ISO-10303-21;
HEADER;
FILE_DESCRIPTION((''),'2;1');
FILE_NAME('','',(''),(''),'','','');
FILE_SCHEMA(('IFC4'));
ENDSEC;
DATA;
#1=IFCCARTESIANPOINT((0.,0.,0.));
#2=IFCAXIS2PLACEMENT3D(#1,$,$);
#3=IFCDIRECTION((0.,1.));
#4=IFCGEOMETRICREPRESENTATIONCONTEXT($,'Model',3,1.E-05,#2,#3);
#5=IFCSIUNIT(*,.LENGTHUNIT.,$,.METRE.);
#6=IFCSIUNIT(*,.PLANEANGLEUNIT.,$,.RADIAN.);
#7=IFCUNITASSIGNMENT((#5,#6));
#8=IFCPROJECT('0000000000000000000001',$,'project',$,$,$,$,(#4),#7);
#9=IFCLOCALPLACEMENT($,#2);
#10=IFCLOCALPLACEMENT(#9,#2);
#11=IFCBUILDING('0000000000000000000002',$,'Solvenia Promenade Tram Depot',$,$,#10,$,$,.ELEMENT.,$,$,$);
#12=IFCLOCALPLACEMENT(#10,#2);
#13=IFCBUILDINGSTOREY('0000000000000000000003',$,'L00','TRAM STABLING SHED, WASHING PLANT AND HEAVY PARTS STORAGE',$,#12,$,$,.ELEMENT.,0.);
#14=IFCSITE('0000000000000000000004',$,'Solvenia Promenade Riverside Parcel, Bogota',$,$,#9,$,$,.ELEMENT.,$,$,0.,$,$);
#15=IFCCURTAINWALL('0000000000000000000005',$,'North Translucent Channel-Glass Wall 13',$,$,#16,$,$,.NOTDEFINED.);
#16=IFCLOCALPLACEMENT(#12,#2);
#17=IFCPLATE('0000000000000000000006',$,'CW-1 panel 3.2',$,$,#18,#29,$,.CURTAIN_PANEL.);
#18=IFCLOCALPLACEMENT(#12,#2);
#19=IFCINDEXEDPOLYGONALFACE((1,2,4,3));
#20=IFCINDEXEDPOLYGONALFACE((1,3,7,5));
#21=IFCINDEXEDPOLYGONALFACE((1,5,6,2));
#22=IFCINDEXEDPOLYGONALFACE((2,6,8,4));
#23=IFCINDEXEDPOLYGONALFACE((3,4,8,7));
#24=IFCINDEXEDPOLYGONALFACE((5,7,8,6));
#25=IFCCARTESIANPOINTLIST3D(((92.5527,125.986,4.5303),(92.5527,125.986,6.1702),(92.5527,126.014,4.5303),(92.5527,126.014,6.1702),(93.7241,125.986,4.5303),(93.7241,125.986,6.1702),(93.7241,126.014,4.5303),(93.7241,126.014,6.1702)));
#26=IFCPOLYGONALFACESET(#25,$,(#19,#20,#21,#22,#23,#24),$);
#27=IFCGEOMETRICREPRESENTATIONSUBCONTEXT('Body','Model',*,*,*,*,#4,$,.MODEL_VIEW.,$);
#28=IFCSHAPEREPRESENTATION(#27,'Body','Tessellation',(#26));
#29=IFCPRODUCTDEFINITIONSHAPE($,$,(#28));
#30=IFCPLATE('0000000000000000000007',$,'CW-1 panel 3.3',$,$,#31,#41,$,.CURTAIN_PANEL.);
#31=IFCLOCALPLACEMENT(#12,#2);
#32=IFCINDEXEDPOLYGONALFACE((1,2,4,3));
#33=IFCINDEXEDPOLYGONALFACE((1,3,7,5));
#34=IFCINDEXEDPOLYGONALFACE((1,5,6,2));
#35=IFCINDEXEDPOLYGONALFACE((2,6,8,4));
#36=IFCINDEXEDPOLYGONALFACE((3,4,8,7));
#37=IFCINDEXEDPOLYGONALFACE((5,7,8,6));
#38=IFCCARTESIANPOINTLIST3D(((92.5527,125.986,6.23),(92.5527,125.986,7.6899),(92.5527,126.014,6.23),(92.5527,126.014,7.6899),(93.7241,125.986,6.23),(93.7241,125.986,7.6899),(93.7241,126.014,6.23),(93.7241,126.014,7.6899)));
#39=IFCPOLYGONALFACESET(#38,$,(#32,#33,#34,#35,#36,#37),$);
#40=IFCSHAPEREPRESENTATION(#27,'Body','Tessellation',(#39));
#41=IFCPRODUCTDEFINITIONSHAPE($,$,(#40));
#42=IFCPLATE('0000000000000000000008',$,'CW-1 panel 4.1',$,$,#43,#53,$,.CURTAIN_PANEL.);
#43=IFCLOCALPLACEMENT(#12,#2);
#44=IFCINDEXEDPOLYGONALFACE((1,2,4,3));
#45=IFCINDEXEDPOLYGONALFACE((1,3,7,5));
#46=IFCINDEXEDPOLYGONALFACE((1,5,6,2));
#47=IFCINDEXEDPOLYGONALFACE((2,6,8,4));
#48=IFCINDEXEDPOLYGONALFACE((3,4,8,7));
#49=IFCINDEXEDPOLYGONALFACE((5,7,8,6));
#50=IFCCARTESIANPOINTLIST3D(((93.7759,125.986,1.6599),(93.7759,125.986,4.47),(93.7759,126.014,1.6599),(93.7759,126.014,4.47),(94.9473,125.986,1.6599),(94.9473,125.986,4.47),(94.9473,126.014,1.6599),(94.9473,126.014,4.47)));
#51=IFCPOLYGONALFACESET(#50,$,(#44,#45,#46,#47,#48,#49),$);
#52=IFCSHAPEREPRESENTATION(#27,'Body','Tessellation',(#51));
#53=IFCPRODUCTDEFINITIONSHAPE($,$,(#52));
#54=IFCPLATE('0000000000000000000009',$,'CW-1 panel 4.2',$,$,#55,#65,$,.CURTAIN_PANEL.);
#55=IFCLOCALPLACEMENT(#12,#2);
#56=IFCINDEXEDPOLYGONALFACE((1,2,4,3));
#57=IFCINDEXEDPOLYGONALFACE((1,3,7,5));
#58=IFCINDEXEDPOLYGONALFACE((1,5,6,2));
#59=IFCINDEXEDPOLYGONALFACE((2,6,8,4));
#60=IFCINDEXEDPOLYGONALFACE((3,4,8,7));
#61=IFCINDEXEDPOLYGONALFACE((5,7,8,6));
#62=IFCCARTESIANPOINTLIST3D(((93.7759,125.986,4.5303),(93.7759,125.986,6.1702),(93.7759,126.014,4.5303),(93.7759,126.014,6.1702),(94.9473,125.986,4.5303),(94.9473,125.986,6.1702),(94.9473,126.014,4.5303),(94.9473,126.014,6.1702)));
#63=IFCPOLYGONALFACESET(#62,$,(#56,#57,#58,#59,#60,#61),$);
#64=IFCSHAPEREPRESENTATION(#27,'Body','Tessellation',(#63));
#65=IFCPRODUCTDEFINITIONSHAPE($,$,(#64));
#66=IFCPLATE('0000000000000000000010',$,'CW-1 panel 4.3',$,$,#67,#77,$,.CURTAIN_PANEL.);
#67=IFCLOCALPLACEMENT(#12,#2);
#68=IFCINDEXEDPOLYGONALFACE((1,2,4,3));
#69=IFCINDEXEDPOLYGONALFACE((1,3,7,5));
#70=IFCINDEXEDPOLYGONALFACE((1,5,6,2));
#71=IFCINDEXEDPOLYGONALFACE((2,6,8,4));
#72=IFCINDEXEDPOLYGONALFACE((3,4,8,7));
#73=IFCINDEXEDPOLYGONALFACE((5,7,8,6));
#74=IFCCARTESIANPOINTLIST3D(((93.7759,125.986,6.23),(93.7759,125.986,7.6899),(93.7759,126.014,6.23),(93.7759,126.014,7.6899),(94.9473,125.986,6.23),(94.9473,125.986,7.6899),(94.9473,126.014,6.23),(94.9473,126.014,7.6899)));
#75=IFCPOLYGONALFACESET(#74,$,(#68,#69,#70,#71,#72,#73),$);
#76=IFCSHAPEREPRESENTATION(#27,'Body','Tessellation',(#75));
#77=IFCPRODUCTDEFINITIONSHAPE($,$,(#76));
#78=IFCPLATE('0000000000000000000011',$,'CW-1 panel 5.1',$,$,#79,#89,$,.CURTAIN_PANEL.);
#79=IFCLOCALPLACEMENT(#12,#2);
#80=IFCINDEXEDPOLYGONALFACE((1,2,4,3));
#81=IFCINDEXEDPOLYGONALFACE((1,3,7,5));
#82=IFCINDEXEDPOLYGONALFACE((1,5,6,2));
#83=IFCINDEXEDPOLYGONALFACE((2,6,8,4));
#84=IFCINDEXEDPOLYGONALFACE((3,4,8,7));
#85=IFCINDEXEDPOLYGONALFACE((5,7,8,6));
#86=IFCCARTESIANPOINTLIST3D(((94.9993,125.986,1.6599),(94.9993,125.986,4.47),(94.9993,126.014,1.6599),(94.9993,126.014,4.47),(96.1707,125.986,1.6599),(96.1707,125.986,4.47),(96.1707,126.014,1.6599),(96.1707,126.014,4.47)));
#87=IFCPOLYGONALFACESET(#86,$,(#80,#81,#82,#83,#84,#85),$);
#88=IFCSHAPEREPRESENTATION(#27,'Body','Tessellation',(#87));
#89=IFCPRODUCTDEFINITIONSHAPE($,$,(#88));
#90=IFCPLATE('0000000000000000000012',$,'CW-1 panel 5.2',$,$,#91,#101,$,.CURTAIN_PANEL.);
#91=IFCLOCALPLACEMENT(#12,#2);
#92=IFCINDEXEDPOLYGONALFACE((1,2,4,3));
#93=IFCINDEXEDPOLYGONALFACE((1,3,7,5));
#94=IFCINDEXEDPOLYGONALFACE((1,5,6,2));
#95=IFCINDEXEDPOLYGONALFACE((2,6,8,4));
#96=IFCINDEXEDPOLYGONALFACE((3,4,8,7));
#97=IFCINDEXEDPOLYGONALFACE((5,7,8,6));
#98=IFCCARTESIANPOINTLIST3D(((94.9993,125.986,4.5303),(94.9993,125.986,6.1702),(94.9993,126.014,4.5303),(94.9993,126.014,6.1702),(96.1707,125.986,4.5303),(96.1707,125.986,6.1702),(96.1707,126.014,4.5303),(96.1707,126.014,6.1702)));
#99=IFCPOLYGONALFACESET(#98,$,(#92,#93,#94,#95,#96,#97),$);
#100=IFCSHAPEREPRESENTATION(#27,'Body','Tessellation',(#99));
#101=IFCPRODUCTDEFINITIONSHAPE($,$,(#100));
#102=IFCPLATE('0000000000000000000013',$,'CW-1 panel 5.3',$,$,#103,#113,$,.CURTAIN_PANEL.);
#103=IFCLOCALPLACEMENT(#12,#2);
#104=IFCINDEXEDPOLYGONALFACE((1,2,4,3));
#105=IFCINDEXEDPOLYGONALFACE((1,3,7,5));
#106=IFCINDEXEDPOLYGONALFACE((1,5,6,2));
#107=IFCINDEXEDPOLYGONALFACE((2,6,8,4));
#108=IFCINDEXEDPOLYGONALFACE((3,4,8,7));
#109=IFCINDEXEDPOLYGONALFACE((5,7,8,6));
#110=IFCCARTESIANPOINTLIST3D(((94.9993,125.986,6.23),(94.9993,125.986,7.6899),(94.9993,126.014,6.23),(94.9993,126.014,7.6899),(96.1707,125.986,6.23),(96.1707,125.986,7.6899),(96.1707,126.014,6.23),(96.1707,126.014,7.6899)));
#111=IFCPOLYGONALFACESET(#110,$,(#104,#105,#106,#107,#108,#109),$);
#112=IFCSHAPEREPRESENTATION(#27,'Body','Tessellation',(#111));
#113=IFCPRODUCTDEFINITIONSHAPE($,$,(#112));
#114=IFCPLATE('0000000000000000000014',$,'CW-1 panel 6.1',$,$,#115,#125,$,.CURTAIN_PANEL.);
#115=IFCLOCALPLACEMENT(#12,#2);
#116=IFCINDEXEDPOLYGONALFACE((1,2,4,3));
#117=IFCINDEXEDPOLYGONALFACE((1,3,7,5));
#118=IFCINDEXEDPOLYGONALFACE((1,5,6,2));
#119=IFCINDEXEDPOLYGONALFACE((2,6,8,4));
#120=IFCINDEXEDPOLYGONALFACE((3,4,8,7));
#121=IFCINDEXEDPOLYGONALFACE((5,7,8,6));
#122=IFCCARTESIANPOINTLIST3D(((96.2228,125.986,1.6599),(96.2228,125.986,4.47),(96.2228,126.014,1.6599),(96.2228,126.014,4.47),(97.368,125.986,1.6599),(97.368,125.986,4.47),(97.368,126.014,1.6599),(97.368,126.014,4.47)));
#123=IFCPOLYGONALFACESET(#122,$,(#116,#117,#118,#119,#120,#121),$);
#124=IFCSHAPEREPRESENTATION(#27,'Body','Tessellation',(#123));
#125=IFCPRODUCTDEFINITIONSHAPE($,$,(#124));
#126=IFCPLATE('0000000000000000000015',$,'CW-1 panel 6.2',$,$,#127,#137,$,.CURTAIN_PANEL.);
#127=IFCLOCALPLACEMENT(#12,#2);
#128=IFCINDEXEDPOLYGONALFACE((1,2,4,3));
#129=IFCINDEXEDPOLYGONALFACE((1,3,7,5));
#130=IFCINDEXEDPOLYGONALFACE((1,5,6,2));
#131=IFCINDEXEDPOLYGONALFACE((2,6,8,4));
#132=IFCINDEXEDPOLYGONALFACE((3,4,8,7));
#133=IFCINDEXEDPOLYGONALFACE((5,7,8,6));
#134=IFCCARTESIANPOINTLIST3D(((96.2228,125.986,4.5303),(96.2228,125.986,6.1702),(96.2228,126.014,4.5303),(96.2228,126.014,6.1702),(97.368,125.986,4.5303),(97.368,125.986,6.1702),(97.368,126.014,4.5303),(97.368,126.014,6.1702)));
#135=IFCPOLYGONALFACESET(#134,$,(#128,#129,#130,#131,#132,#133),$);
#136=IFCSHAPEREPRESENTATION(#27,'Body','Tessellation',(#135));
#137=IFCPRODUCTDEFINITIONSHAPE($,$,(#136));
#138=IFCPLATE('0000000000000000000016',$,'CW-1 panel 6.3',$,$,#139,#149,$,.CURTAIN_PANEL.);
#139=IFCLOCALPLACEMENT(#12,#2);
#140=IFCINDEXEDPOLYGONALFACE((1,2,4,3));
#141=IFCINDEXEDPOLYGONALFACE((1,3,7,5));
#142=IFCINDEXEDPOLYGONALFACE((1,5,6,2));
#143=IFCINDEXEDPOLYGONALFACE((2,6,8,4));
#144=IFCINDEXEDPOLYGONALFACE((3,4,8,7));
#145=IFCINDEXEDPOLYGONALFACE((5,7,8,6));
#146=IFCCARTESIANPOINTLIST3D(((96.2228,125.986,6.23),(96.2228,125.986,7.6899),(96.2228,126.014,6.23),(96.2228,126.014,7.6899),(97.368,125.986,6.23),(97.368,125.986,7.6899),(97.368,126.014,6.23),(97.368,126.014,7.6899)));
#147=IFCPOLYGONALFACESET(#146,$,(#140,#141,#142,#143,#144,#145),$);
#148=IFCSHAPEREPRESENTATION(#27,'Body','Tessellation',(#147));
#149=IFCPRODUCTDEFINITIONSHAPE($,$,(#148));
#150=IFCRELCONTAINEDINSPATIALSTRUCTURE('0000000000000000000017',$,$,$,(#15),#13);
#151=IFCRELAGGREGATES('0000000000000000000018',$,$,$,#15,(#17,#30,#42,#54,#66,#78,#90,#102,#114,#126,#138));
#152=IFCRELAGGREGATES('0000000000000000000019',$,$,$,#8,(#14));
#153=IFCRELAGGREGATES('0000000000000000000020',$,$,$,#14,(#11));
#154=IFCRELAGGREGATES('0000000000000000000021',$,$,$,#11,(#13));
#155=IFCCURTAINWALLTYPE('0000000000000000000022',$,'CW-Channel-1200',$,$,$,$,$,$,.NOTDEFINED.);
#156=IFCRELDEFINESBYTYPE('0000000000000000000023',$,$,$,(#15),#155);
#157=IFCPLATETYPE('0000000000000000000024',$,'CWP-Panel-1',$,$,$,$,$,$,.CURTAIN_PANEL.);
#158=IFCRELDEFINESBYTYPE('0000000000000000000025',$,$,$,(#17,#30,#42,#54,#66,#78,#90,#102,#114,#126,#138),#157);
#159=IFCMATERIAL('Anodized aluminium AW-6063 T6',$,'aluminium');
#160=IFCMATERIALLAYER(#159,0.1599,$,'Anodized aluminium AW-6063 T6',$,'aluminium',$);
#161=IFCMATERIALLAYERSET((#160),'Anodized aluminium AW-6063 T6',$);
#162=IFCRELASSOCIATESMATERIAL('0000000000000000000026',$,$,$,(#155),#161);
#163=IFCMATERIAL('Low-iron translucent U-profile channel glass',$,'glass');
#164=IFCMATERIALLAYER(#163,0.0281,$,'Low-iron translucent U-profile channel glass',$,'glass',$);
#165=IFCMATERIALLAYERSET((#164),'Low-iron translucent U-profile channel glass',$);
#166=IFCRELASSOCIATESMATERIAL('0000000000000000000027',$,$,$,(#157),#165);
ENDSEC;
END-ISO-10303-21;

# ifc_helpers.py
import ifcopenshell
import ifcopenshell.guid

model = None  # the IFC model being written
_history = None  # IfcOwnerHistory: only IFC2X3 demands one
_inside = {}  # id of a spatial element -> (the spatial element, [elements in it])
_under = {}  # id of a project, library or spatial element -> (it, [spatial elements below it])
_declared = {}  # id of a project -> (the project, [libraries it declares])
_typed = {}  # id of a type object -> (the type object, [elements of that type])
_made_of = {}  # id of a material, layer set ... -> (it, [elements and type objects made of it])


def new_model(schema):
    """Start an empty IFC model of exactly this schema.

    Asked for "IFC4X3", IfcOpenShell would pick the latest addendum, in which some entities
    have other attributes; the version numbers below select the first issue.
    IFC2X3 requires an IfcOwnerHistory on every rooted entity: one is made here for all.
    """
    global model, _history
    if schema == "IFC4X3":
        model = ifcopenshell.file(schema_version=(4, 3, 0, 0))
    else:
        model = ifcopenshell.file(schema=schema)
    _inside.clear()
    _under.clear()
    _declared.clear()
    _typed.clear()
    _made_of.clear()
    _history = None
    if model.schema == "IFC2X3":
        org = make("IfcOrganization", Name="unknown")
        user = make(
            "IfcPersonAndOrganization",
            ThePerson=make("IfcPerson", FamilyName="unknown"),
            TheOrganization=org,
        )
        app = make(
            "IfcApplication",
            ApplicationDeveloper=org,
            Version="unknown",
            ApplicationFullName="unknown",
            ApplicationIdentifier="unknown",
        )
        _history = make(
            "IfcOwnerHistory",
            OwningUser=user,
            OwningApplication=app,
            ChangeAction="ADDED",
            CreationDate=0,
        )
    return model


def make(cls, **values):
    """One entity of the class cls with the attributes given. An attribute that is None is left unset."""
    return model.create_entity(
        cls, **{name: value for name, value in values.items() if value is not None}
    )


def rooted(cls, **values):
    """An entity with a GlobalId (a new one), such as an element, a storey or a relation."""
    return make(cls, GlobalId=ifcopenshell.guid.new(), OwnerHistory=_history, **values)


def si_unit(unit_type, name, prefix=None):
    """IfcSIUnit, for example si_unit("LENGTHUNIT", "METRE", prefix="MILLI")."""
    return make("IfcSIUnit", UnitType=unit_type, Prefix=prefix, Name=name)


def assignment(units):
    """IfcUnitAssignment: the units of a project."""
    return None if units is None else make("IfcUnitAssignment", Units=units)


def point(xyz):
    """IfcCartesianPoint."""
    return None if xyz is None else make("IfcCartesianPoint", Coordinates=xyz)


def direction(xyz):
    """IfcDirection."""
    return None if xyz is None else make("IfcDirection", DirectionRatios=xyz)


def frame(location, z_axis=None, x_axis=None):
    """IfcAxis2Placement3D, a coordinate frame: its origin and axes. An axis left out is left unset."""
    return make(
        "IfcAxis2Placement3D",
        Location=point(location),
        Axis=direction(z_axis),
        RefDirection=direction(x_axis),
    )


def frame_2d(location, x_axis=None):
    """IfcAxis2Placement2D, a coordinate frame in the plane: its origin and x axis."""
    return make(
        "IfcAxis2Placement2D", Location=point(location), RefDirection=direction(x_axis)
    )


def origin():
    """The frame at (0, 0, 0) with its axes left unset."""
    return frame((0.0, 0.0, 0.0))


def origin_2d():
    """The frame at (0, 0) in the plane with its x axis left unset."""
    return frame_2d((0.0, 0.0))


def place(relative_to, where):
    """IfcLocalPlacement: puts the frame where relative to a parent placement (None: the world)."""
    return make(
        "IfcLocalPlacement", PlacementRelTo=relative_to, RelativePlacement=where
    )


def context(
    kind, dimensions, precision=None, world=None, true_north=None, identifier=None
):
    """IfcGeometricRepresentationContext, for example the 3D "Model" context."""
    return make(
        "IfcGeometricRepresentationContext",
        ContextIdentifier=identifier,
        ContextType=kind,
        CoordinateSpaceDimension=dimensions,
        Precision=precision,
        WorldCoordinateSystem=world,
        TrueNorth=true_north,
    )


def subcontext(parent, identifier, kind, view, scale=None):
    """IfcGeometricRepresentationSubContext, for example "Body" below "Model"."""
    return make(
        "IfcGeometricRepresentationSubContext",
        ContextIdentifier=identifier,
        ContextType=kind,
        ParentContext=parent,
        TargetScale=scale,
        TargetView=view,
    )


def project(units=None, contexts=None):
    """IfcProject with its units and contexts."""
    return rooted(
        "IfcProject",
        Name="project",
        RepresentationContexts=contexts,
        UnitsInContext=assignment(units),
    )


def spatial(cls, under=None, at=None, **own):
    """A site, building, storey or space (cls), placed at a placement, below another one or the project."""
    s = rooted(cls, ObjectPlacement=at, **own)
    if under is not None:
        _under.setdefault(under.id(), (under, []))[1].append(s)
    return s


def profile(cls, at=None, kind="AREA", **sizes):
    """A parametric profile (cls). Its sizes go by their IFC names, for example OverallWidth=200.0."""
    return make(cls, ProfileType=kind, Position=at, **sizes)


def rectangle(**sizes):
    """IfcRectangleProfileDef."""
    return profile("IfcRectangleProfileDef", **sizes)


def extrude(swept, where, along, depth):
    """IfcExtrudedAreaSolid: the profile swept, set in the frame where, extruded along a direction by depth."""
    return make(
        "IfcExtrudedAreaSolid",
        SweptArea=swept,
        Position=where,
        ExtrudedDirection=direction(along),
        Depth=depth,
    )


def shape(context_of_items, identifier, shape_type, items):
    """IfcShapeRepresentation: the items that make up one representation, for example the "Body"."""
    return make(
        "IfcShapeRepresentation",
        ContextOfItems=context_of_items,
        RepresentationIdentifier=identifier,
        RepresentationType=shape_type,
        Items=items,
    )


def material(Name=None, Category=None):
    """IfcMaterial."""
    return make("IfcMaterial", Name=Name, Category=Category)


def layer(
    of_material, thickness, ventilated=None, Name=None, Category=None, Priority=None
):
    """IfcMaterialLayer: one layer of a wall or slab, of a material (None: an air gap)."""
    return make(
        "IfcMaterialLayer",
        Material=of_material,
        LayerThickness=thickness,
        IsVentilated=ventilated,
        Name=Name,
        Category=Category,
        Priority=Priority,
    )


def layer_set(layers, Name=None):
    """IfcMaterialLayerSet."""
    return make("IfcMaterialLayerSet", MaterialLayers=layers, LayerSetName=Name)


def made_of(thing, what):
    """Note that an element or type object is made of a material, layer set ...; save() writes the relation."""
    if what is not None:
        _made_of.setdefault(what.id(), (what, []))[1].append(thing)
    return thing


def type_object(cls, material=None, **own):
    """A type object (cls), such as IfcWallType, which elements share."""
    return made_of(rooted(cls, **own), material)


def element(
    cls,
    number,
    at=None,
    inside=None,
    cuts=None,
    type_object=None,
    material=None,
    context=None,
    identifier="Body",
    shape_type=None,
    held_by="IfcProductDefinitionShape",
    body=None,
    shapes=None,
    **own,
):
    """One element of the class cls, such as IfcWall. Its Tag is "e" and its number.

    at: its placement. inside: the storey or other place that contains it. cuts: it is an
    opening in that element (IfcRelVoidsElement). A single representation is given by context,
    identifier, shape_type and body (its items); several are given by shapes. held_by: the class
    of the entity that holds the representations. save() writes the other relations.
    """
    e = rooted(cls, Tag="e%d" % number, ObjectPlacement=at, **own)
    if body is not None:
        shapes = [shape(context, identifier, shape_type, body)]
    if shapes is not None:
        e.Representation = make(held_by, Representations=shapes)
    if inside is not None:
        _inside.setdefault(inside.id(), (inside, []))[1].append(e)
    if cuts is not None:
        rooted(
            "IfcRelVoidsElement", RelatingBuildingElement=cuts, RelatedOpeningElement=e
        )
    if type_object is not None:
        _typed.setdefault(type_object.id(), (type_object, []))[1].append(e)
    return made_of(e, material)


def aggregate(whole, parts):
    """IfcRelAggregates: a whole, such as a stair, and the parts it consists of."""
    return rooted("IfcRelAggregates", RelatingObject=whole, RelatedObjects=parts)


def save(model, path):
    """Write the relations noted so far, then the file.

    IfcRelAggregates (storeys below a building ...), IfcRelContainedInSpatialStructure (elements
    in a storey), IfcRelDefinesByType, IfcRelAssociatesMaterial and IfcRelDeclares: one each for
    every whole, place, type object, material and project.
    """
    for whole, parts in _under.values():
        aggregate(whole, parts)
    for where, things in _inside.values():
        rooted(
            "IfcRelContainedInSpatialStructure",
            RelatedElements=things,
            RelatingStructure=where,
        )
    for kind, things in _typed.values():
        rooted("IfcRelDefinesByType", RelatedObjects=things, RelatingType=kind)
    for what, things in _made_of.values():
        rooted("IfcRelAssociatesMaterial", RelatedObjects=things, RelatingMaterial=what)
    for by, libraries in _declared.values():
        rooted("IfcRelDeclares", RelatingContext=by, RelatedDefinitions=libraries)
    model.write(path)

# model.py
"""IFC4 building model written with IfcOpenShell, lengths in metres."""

from ifc_helpers import new_model, si_unit, direction, frame, origin, origin_2d, place, context, subcontext, project, spatial, rectangle, extrude, material, layer, layer_set, type_object, element, aggregate, save


model = new_model("IFC4")

# Units and contexts
model_context = context("Model", 3, precision=1e-05, world=origin(), true_north=direction((0.0, 1.0)))
body_context = subcontext(model_context, "Body", "Model", "MODEL_VIEW")
ifc_project = project(units=[si_unit("LENGTHUNIT", "METRE"), si_unit("PLANEANGLEUNIT", "RADIAN")], contexts=[model_context])

# Site, building, storey
site_placement = place(None, origin())
site = spatial("IfcSite", under=ifc_project, at=site_placement, Name="Solvenia Promenade Riverside Parcel, Bogota", CompositionType="ELEMENT", RefElevation=0.0)
building_placement = place(site_placement, origin())
building = spatial("IfcBuilding", under=site, at=building_placement, Name="Solvenia Promenade Tram Depot", CompositionType="ELEMENT")
storey_placement = place(building_placement, origin())
storey = spatial("IfcBuildingStorey", under=building, at=storey_placement, Name="L00", Description="TRAM STABLING SHED, WASHING PLANT AND HEAVY PARTS STORAGE", CompositionType="ELEMENT", Elevation=0.0)

# Curtain wall, plates
ifc_material_1 = material(Name="Anodized aluminium AW-6063 T6", Category="aluminium")
ifc_layer_1 = layer(ifc_material_1, 0.1599, Name="Anodized aluminium AW-6063 T6", Category="aluminium")
ifc_layer_set_1 = layer_set([ifc_layer_1], Name="Anodized aluminium AW-6063 T6")
curtain_wall_type = type_object("IfcCurtainWallType", Name="CW-Channel-1200", PredefinedType="NOTDEFINED", material=ifc_layer_set_1)
curtain_wall_placement = place(storey_placement, origin())
curtain_wall = element("IfcCurtainWall", 1, at=curtain_wall_placement, inside=storey, type_object=curtain_wall_type, Name="North Translucent Channel-Glass Wall 13", PredefinedType="NOTDEFINED")
ifc_material_2 = material(Name="Low-iron translucent U-profile channel glass", Category="glass")
ifc_layer_2 = layer(ifc_material_2, 0.0281, Name="Low-iron translucent U-profile channel glass", Category="glass")
ifc_layer_set_2 = layer_set([ifc_layer_2], Name="Low-iron translucent U-profile channel glass")
plate_type = type_object("IfcPlateType", Name="CWP-Panel-1", PredefinedType="CURTAIN_PANEL", material=ifc_layer_set_2)
plate_1_placement = place(storey_placement, frame((93.1384, 126.0, 4.5303), z_axis=(0.0, 0.0, 1.0), x_axis=(1.0, 0.0, 0.0)))
plate_1 = element("IfcPlate", 2, at=plate_1_placement, type_object=plate_type, Name="CW-1 panel 3.2", PredefinedType="CURTAIN_PANEL", context=body_context, shape_type="SweptSolid", body=[
    extrude(rectangle(XDim=1.1714, YDim=0.0281, at=origin_2d()), origin(), (0.0, 0.0, 1.0), 1.6399),
])
plate_2_placement = place(storey_placement, frame((93.1384, 126.0, 6.23), z_axis=(0.0, 0.0, 1.0), x_axis=(1.0, 0.0, 0.0)))
plate_2 = element("IfcPlate", 3, at=plate_2_placement, type_object=plate_type, Name="CW-1 panel 3.3", PredefinedType="CURTAIN_PANEL", context=body_context, shape_type="SweptSolid", body=[
    extrude(rectangle(XDim=1.1714, YDim=0.0281, at=origin_2d()), origin(), (0.0, 0.0, 1.0), 1.46),
])
plate_3_placement = place(storey_placement, frame((94.3616, 126.0, 1.6599), z_axis=(0.0, 0.0, 1.0), x_axis=(1.0, 0.0, 0.0)))
plate_3 = element("IfcPlate", 4, at=plate_3_placement, type_object=plate_type, Name="CW-1 panel 4.1", PredefinedType="CURTAIN_PANEL", context=body_context, shape_type="SweptSolid", body=[
    extrude(rectangle(XDim=1.1714, YDim=0.0281, at=origin_2d()), origin(), (0.0, 0.0, 1.0), 2.8101),
])
plate_4_placement = place(storey_placement, frame((94.3616, 126.0, 4.5303), z_axis=(0.0, 0.0, 1.0), x_axis=(1.0, 0.0, 0.0)))
plate_4 = element("IfcPlate", 5, at=plate_4_placement, type_object=plate_type, Name="CW-1 panel 4.2", PredefinedType="CURTAIN_PANEL", context=body_context, shape_type="SweptSolid", body=[
    extrude(rectangle(XDim=1.1714, YDim=0.0281, at=origin_2d()), origin(), (0.0, 0.0, 1.0), 1.6399),
])
plate_5_placement = place(storey_placement, frame((94.3616, 126.0, 6.23), z_axis=(0.0, 0.0, 1.0), x_axis=(1.0, 0.0, 0.0)))
plate_5 = element("IfcPlate", 6, at=plate_5_placement, type_object=plate_type, Name="CW-1 panel 4.3", PredefinedType="CURTAIN_PANEL", context=body_context, shape_type="SweptSolid", body=[
    extrude(rectangle(XDim=1.1714, YDim=0.0281, at=origin_2d()), origin(), (0.0, 0.0, 1.0), 1.46),
])
plate_6_placement = place(storey_placement, frame((95.585, 126.0, 1.6599), z_axis=(0.0, 0.0, 1.0), x_axis=(1.0, 0.0, 0.0)))
plate_6 = element("IfcPlate", 7, at=plate_6_placement, type_object=plate_type, Name="CW-1 panel 5.1", PredefinedType="CURTAIN_PANEL", context=body_context, shape_type="SweptSolid", body=[
    extrude(rectangle(XDim=1.1714, YDim=0.0281, at=origin_2d()), origin(), (0.0, 0.0, 1.0), 2.8101),
])
plate_7_placement = place(storey_placement, frame((95.585, 126.0, 4.5303), z_axis=(0.0, 0.0, 1.0), x_axis=(1.0, 0.0, 0.0)))
plate_7 = element("IfcPlate", 8, at=plate_7_placement, type_object=plate_type, Name="CW-1 panel 5.2", PredefinedType="CURTAIN_PANEL", context=body_context, shape_type="SweptSolid", body=[
    extrude(rectangle(XDim=1.1714, YDim=0.0281, at=origin_2d()), origin(), (0.0, 0.0, 1.0), 1.6399),
])
plate_8_placement = place(storey_placement, frame((95.585, 126.0, 6.23), z_axis=(0.0, 0.0, 1.0), x_axis=(1.0, 0.0, 0.0)))
plate_8 = element("IfcPlate", 9, at=plate_8_placement, type_object=plate_type, Name="CW-1 panel 5.3", PredefinedType="CURTAIN_PANEL", context=body_context, shape_type="SweptSolid", body=[
    extrude(rectangle(XDim=1.1714, YDim=0.0281, at=origin_2d()), origin(), (0.0, 0.0, 1.0), 1.46),
])
plate_9_placement = place(storey_placement, frame((96.7954, 126.0, 1.6599), z_axis=(0.0, 0.0, 1.0), x_axis=(1.0, 0.0, 0.0)))
plate_9 = element("IfcPlate", 10, at=plate_9_placement, type_object=plate_type, Name="CW-1 panel 6.1", PredefinedType="CURTAIN_PANEL", context=body_context, shape_type="SweptSolid", body=[
    extrude(rectangle(XDim=1.1453, YDim=0.0281, at=origin_2d()), origin(), (0.0, 0.0, 1.0), 2.8101),
])
plate_10_placement = place(storey_placement, frame((96.7954, 126.0, 4.5303), z_axis=(0.0, 0.0, 1.0), x_axis=(1.0, 0.0, 0.0)))
plate_10 = element("IfcPlate", 11, at=plate_10_placement, type_object=plate_type, Name="CW-1 panel 6.2", PredefinedType="CURTAIN_PANEL", context=body_context, shape_type="SweptSolid", body=[
    extrude(rectangle(XDim=1.1453, YDim=0.0281, at=origin_2d()), origin(), (0.0, 0.0, 1.0), 1.6399),
])
plate_11_placement = place(storey_placement, frame((96.7954, 126.0, 6.23), z_axis=(0.0, 0.0, 1.0), x_axis=(1.0, 0.0, 0.0)))
plate_11 = element("IfcPlate", 12, at=plate_11_placement, type_object=plate_type, Name="CW-1 panel 6.3", PredefinedType="CURTAIN_PANEL", context=body_context, shape_type="SweptSolid", body=[
    extrude(rectangle(XDim=1.1453, YDim=0.0281, at=origin_2d()), origin(), (0.0, 0.0, 1.0), 1.46),
])
aggregate(curtain_wall, [plate_1, plate_2, plate_3, plate_4, plate_5, plate_6, plate_7, plate_8, plate_9, plate_10, plate_11])

save(model, "model.ifc")
